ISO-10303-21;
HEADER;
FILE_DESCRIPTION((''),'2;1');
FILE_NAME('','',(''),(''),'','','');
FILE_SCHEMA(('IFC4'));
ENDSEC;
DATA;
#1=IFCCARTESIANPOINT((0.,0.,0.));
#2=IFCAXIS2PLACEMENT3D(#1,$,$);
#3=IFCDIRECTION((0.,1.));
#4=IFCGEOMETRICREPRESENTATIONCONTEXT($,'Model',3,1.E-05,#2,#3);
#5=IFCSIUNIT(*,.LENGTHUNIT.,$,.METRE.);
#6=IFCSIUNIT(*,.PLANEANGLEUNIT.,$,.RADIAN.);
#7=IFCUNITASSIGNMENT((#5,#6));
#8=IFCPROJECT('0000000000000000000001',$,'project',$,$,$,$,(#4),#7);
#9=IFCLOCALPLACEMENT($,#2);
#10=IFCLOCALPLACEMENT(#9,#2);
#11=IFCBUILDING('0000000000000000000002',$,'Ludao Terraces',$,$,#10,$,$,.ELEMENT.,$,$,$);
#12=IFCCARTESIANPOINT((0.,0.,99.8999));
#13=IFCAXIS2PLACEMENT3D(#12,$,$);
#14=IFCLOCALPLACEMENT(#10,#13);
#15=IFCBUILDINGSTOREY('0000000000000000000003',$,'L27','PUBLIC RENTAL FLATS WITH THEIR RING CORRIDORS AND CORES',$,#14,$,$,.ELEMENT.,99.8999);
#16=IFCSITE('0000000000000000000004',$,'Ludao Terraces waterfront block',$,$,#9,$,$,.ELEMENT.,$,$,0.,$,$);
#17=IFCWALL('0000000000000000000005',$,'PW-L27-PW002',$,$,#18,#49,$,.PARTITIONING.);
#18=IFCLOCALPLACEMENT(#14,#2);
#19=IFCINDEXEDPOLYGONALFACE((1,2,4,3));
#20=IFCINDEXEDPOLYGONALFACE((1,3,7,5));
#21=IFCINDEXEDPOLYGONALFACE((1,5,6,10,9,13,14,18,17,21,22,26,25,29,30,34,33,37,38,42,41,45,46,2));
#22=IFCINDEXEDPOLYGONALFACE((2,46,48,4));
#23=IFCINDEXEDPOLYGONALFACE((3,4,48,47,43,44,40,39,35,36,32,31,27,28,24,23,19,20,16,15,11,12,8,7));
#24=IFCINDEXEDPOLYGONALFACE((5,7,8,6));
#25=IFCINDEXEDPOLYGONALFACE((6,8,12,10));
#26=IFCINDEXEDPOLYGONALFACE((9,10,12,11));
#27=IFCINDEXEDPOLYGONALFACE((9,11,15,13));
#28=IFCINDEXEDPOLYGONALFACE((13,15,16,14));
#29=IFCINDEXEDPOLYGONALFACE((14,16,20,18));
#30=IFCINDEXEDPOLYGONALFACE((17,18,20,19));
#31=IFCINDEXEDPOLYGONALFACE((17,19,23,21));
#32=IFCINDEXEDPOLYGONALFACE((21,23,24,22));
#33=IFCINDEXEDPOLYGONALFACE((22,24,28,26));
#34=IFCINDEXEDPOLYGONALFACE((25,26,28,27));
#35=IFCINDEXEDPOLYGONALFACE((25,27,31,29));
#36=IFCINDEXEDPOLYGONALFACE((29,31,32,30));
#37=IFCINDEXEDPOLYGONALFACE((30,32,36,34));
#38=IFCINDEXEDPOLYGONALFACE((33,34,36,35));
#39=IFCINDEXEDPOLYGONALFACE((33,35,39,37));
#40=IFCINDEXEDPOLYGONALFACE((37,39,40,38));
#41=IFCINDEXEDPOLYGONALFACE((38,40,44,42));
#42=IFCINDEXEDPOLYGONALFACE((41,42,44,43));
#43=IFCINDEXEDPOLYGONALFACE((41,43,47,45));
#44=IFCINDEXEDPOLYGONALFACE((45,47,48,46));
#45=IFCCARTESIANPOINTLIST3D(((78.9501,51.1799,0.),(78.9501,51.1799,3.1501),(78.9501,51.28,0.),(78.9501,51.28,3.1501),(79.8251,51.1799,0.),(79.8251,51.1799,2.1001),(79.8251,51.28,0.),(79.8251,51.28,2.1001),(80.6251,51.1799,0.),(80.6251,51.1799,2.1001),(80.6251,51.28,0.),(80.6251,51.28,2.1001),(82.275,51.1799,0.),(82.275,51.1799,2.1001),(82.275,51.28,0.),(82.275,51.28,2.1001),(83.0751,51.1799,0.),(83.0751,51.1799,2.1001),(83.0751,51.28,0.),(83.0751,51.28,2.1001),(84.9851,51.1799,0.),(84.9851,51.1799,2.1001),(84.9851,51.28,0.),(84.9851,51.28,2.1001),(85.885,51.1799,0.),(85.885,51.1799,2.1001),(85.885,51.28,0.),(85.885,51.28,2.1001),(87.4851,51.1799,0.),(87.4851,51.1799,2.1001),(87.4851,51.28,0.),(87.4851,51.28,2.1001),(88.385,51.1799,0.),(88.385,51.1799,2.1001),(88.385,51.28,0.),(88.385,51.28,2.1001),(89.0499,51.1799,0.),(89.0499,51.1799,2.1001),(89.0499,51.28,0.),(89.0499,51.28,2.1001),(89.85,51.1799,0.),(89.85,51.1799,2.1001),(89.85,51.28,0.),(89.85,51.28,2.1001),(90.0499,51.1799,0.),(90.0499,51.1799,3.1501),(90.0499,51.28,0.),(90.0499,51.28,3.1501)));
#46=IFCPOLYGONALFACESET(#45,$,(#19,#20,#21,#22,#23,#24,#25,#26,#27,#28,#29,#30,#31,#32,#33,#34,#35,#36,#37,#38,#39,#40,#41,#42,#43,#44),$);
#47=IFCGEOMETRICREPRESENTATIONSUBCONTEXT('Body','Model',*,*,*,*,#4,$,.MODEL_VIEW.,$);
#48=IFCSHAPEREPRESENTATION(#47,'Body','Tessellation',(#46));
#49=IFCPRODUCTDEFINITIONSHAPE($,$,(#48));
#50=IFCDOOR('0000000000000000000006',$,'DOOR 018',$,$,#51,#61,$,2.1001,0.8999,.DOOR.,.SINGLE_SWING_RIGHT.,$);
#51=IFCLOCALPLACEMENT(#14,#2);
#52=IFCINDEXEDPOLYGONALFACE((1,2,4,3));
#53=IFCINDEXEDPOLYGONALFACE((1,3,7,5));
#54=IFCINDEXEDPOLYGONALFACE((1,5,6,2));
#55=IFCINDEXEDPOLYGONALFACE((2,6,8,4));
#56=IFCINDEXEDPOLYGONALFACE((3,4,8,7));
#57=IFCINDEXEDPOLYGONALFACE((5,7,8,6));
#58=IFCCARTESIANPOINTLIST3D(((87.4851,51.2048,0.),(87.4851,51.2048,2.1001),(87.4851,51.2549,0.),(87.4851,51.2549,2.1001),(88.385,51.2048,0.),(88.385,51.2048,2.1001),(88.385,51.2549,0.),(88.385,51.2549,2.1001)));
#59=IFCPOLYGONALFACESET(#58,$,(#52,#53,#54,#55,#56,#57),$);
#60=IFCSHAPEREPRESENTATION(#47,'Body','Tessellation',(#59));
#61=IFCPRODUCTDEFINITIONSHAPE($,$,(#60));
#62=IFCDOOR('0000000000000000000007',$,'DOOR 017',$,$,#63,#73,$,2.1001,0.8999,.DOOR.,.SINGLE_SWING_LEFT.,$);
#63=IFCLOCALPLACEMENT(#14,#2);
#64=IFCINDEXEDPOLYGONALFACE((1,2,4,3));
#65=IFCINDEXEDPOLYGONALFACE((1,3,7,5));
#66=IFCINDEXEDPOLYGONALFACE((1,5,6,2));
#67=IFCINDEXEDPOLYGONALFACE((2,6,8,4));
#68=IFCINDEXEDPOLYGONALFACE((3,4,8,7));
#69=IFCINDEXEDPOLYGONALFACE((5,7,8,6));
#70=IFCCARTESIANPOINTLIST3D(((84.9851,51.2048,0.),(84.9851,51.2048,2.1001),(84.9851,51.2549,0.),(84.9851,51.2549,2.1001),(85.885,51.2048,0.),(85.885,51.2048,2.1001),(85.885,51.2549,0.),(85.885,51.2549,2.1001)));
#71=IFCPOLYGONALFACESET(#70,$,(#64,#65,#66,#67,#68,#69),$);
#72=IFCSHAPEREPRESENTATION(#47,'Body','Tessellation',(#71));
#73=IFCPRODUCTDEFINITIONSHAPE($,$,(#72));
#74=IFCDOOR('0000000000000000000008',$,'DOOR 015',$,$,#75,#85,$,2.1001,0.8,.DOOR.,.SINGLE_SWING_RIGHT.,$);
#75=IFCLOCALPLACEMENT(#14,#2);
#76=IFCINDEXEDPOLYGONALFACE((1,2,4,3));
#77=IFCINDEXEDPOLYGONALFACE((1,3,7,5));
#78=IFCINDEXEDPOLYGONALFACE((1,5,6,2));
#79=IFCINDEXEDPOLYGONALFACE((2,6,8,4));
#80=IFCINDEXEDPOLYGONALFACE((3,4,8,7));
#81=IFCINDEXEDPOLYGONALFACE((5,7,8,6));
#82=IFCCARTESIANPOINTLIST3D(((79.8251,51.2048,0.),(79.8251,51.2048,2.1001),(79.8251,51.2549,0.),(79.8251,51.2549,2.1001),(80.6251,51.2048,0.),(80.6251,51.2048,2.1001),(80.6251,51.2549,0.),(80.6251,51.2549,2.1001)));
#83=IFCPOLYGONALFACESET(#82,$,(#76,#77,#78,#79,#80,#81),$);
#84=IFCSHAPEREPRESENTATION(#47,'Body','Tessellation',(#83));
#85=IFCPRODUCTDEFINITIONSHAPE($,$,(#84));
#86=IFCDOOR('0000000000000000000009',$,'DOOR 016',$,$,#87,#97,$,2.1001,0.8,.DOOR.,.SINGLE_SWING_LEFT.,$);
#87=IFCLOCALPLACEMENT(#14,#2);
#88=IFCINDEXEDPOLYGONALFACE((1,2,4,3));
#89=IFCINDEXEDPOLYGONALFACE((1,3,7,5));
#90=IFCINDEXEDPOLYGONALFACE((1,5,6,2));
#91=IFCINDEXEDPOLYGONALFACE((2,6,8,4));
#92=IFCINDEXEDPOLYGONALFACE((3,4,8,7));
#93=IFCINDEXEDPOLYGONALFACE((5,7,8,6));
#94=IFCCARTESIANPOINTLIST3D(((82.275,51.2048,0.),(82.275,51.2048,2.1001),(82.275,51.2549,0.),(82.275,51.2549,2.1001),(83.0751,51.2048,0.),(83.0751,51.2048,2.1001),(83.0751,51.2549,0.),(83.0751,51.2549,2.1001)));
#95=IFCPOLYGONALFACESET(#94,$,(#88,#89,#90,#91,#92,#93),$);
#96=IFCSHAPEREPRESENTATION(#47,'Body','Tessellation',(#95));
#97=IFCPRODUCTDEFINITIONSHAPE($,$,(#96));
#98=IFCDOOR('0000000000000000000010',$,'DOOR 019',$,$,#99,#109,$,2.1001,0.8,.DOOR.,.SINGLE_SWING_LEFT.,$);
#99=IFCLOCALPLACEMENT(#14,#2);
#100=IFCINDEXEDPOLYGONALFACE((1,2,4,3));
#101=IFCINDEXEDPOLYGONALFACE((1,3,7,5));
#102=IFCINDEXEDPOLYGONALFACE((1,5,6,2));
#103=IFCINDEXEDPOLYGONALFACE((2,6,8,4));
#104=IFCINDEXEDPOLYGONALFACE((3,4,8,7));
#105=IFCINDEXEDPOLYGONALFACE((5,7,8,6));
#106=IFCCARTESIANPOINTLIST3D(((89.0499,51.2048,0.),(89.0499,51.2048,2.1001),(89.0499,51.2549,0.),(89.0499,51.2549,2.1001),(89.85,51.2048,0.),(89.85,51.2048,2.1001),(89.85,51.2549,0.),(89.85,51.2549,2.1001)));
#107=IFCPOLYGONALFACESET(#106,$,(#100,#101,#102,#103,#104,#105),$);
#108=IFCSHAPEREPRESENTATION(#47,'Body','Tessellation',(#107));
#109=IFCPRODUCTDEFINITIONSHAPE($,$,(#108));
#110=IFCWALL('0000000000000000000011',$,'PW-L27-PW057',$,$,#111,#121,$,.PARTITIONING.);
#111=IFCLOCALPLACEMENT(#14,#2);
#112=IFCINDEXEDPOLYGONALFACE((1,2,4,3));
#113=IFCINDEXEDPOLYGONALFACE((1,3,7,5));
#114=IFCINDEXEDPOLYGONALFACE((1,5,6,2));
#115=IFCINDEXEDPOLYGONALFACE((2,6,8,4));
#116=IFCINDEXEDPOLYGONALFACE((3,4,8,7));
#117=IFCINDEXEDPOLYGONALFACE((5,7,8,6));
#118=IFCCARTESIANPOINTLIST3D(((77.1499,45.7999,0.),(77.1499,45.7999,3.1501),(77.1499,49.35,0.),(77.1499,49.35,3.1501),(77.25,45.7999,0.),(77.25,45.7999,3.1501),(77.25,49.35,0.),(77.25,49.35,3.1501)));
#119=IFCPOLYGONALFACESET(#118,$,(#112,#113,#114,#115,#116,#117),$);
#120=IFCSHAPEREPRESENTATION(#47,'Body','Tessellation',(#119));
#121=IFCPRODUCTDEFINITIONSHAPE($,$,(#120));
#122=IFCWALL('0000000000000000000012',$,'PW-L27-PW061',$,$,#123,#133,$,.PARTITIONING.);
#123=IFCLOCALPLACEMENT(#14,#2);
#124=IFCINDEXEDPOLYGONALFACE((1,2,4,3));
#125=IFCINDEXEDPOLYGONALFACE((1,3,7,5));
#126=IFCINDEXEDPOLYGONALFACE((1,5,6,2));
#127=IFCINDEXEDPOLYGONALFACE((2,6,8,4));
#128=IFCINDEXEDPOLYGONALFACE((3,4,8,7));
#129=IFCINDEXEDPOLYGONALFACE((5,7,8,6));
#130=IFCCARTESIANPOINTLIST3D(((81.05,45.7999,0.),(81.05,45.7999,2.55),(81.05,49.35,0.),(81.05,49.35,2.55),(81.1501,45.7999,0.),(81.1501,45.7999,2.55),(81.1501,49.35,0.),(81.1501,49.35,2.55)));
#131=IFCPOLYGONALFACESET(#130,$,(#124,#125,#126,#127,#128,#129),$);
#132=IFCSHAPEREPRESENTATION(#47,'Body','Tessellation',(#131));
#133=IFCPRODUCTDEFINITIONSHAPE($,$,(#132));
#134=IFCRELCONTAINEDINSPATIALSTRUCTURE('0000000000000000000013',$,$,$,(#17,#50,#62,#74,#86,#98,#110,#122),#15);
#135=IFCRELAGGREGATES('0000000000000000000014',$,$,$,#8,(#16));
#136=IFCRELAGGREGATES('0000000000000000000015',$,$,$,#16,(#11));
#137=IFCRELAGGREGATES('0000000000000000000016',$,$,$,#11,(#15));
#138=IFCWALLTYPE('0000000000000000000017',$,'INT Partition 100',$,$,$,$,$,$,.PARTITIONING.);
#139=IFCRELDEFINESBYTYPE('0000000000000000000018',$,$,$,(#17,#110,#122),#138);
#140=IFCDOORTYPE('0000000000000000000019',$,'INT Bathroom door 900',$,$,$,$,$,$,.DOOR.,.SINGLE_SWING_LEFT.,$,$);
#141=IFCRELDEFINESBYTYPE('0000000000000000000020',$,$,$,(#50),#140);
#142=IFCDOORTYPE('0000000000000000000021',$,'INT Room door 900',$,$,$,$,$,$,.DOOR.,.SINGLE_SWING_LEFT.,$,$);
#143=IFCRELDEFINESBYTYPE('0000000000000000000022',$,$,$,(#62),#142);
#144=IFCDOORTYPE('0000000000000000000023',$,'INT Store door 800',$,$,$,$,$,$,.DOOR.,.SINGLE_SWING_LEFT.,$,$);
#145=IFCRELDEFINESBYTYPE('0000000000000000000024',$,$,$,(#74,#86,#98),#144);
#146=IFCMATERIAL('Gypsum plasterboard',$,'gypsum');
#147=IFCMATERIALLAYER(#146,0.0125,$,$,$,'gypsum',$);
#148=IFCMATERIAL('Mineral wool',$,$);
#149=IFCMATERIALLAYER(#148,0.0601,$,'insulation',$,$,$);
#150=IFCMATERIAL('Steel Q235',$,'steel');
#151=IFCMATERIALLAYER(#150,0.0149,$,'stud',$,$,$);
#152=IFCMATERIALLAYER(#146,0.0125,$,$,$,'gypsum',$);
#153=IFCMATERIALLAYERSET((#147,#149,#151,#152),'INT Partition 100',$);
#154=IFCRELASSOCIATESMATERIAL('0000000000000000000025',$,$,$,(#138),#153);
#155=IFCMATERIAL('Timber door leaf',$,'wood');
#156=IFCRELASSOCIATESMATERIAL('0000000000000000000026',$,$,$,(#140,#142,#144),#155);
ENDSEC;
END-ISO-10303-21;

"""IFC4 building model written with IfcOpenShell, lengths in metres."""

from ifc_helpers import new_model, si_unit, direction, frame, frame_2d, origin, place, context, subcontext, project, spatial, rectangle, extrude, material, layer, layer_set, type_object, element, fill, save


model = new_model("IFC4")

# Units and contexts
model_context = context("Model", 3, precision=1e-05, world=origin(), true_north=direction((0.0, 1.0)))
body_context = subcontext(model_context, "Body", "Model", "MODEL_VIEW")
ifc_project = project(units=[si_unit("LENGTHUNIT", "METRE"), si_unit("PLANEANGLEUNIT", "RADIAN")], contexts=[model_context])

# Site, building, storey
site_placement = place(None, origin())
site = spatial("IfcSite", under=ifc_project, at=site_placement, Name="Ludao Terraces waterfront block", CompositionType="ELEMENT", RefElevation=0.0)
building_placement = place(site_placement, origin())
building = spatial("IfcBuilding", under=site, at=building_placement, Name="Ludao Terraces", CompositionType="ELEMENT")
storey_placement = place(building_placement, frame((0.0, 0.0, 99.8999)))
storey = spatial("IfcBuildingStorey", under=building, at=storey_placement, Name="L27", Description="PUBLIC RENTAL FLATS WITH THEIR RING CORRIDORS AND CORES", CompositionType="ELEMENT", Elevation=99.8999)

# Shared definitions
ifc_material_1 = material(Name="Mineral wool")

# Wall, openings, doors
ifc_material_2 = material(Name="Gypsum plasterboard", Category="gypsum")
ifc_layer_1 = layer(ifc_material_2, 0.0125, Category="gypsum")
ifc_layer_2 = layer(ifc_material_1, 0.0601, Name="insulation")
ifc_material_3 = material(Name="Steel Q235", Category="steel")
ifc_layer_3 = layer(ifc_material_3, 0.0149, Name="stud")
ifc_layer_4 = layer(ifc_material_2, 0.0125, Category="gypsum")
ifc_layer_set_1 = layer_set([ifc_layer_1, ifc_layer_2, ifc_layer_3, ifc_layer_4], Name="INT Partition 100")
wall_type_1 = type_object("IfcWallType", Name="INT Partition 100", PredefinedType="PARTITIONING", material=ifc_layer_set_1)
wall_1_placement = place(storey_placement, frame((78.9502, 51.23, 0.0), z_axis=(0.0, 0.0, 1.0), x_axis=(1.0, 0.0, 0.0)))
wall_1 = element("IfcWall", 1, at=wall_1_placement, inside=storey, type_object=wall_type_1, Name="PW-L27-PW002", PredefinedType="PARTITIONING", context=body_context, shape_type="SweptSolid", body=[
    extrude(rectangle(XDim=11.0999, YDim=0.1001, at=frame_2d((5.5498, 0.0))), origin(), (0.0, 0.0, 1.0), 3.1501),
])
opening_1_placement = place(wall_1_placement, frame((0.875, 0.0, 0.0)))
opening_1 = element("IfcOpeningElement", 2, at=opening_1_placement, cuts=wall_1, PredefinedType="OPENING", context=body_context, shape_type="SweptSolid", body=[
    extrude(rectangle(XDim=0.8, YDim=2.1001, at=frame_2d((0.3999, 1.05))), frame((0.0, 0.0601, 0.0), z_axis=(0.0, -1.0, 0.0), x_axis=(1.0, 0.0, 0.0)), (0.0, 0.0, 1.0), 0.1201),
])
opening_2_placement = place(wall_1_placement, frame((3.325, 0.0, 0.0)))
opening_2 = element("IfcOpeningElement", 3, at=opening_2_placement, cuts=wall_1, PredefinedType="OPENING", context=body_context, shape_type="SweptSolid", body=[
    extrude(rectangle(XDim=0.8, YDim=2.1001, at=frame_2d((0.3999, 1.05))), frame((0.0, 0.0601, 0.0), z_axis=(0.0, -1.0, 0.0), x_axis=(1.0, 0.0, 0.0)), (0.0, 0.0, 1.0), 0.1201),
])
opening_3_placement = place(wall_1_placement, frame((6.0349, 0.0, 0.0)))
opening_3 = element("IfcOpeningElement", 4, at=opening_3_placement, cuts=wall_1, PredefinedType="OPENING", context=body_context, shape_type="SweptSolid", body=[
    extrude(rectangle(XDim=0.8999, YDim=2.1001, at=frame_2d((0.45, 1.05))), frame((0.0, 0.0601, 0.0), z_axis=(0.0, -1.0, 0.0), x_axis=(1.0, 0.0, 0.0)), (0.0, 0.0, 1.0), 0.1201),
])
opening_4_placement = place(wall_1_placement, frame((8.5349, 0.0, 0.0)))
opening_4 = element("IfcOpeningElement", 5, at=opening_4_placement, cuts=wall_1, PredefinedType="OPENING", context=body_context, shape_type="SweptSolid", body=[
    extrude(rectangle(XDim=0.8999, YDim=2.1001, at=frame_2d((0.45, 1.05))), frame((0.0, 0.0601, 0.0), z_axis=(0.0, -1.0, 0.0), x_axis=(1.0, 0.0, 0.0)), (0.0, 0.0, 1.0), 0.1201),
])
opening_5_placement = place(wall_1_placement, frame((10.0999, 0.0, 0.0)))
opening_5 = element("IfcOpeningElement", 6, at=opening_5_placement, cuts=wall_1, PredefinedType="OPENING", context=body_context, shape_type="SweptSolid", body=[
    extrude(rectangle(XDim=0.8, YDim=2.1001, at=frame_2d((0.3999, 1.05))), frame((0.0, 0.0601, 0.0), z_axis=(0.0, -1.0, 0.0), x_axis=(1.0, 0.0, 0.0)), (0.0, 0.0, 1.0), 0.1201),
])
ifc_material_4 = material(Name="Timber door leaf", Category="wood")
door_type_1 = type_object("IfcDoorType", Name="INT Bathroom door 900", OperationType="SINGLE_SWING_LEFT", PredefinedType="DOOR", material=ifc_material_4)
door_1_placement = place(opening_4_placement, origin())
door_1 = element("IfcDoor", 7, at=door_1_placement, inside=storey, type_object=door_type_1, Name="DOOR 018", OperationType="SINGLE_SWING_RIGHT", OverallHeight=2.1001, OverallWidth=0.8999, PredefinedType="DOOR", context=body_context, shape_type="SweptSolid", body=[
    extrude(rectangle(XDim=0.8999, YDim=2.1001, at=frame_2d((0.45, 1.05))), frame((0.0, 0.0249, 0.0), z_axis=(0.0, -1.0, 0.0), x_axis=(1.0, 0.0, 0.0)), (0.0, 0.0, 1.0), 0.05),
])
fill(opening_4, door_1)
door_type_2 = type_object("IfcDoorType", Name="INT Room door 900", OperationType="SINGLE_SWING_LEFT", PredefinedType="DOOR", material=ifc_material_4)
door_2_placement = place(opening_3_placement, origin())
door_2 = element("IfcDoor", 8, at=door_2_placement, inside=storey, type_object=door_type_2, Name="DOOR 017", OperationType="SINGLE_SWING_LEFT", OverallHeight=2.1001, OverallWidth=0.8999, PredefinedType="DOOR", context=body_context, shape_type="SweptSolid", body=[
    extrude(rectangle(XDim=0.8999, YDim=2.1001, at=frame_2d((0.45, 1.05))), frame((0.0, 0.0249, 0.0), z_axis=(0.0, -1.0, 0.0), x_axis=(1.0, 0.0, 0.0)), (0.0, 0.0, 1.0), 0.05),
])
fill(opening_3, door_2)
door_type_3 = type_object("IfcDoorType", Name="INT Store door 800", OperationType="SINGLE_SWING_LEFT", PredefinedType="DOOR", material=ifc_material_4)
door_3_placement = place(opening_1_placement, origin())
door_3 = element("IfcDoor", 9, at=door_3_placement, inside=storey, type_object=door_type_3, Name="DOOR 015", OperationType="SINGLE_SWING_RIGHT", OverallHeight=2.1001, OverallWidth=0.8, PredefinedType="DOOR", context=body_context, shape_type="SweptSolid", body=[
    extrude(rectangle(XDim=0.8, YDim=2.1001, at=frame_2d((0.3999, 1.05))), frame((0.0, 0.0249, 0.0), z_axis=(0.0, -1.0, 0.0), x_axis=(1.0, 0.0, 0.0)), (0.0, 0.0, 1.0), 0.05),
])
fill(opening_1, door_3)
door_4_placement = place(opening_2_placement, origin())
door_4 = element("IfcDoor", 10, at=door_4_placement, inside=storey, type_object=door_type_3, Name="DOOR 016", OperationType="SINGLE_SWING_LEFT", OverallHeight=2.1001, OverallWidth=0.8, PredefinedType="DOOR", context=body_context, shape_type="SweptSolid", body=[
    extrude(rectangle(XDim=0.8, YDim=2.1001, at=frame_2d((0.3999, 1.05))), frame((0.0, 0.0249, 0.0), z_axis=(0.0, -1.0, 0.0), x_axis=(1.0, 0.0, 0.0)), (0.0, 0.0, 1.0), 0.05),
])
fill(opening_2, door_4)
door_5_placement = place(opening_5_placement, origin())
door_5 = element("IfcDoor", 11, at=door_5_placement, inside=storey, type_object=door_type_3, Name="DOOR 019", OperationType="SINGLE_SWING_LEFT", OverallHeight=2.1001, OverallWidth=0.8, PredefinedType="DOOR", context=body_context, shape_type="SweptSolid", body=[
    extrude(rectangle(XDim=0.8, YDim=2.1001, at=frame_2d((0.3999, 1.05))), frame((0.0, 0.0249, 0.0), z_axis=(0.0, -1.0, 0.0), x_axis=(1.0, 0.0, 0.0)), (0.0, 0.0, 1.0), 0.05),
])
fill(opening_5, door_5)

# Walls
wall_2_placement = place(storey_placement, frame((77.2, 45.8, 0.0), z_axis=(0.0, 0.0, 1.0), x_axis=(0.0, 1.0, 0.0)))
element("IfcWall", 12, at=wall_2_placement, inside=storey, type_object=wall_type_1, Name="PW-L27-PW057", PredefinedType="PARTITIONING", context=body_context, shape_type="SweptSolid", body=[
    extrude(rectangle(XDim=3.55, YDim=0.1001, at=frame_2d((1.7749, 0.0))), origin(), (0.0, 0.0, 1.0), 3.1501),
])
wall_3_placement = place(storey_placement, frame((81.1001, 45.8, 0.0), z_axis=(0.0, 0.0, 1.0), x_axis=(0.0, 1.0, 0.0)))
element("IfcWall", 13, at=wall_3_placement, inside=storey, type_object=wall_type_1, Name="PW-L27-PW061", PredefinedType="PARTITIONING", context=body_context, shape_type="SweptSolid", body=[
    extrude(rectangle(XDim=3.55, YDim=0.1001, at=frame_2d((1.7749, 0.0))), origin(), (0.0, 0.0, 1.0), 2.55),
])

save(model, "model.ifc")
